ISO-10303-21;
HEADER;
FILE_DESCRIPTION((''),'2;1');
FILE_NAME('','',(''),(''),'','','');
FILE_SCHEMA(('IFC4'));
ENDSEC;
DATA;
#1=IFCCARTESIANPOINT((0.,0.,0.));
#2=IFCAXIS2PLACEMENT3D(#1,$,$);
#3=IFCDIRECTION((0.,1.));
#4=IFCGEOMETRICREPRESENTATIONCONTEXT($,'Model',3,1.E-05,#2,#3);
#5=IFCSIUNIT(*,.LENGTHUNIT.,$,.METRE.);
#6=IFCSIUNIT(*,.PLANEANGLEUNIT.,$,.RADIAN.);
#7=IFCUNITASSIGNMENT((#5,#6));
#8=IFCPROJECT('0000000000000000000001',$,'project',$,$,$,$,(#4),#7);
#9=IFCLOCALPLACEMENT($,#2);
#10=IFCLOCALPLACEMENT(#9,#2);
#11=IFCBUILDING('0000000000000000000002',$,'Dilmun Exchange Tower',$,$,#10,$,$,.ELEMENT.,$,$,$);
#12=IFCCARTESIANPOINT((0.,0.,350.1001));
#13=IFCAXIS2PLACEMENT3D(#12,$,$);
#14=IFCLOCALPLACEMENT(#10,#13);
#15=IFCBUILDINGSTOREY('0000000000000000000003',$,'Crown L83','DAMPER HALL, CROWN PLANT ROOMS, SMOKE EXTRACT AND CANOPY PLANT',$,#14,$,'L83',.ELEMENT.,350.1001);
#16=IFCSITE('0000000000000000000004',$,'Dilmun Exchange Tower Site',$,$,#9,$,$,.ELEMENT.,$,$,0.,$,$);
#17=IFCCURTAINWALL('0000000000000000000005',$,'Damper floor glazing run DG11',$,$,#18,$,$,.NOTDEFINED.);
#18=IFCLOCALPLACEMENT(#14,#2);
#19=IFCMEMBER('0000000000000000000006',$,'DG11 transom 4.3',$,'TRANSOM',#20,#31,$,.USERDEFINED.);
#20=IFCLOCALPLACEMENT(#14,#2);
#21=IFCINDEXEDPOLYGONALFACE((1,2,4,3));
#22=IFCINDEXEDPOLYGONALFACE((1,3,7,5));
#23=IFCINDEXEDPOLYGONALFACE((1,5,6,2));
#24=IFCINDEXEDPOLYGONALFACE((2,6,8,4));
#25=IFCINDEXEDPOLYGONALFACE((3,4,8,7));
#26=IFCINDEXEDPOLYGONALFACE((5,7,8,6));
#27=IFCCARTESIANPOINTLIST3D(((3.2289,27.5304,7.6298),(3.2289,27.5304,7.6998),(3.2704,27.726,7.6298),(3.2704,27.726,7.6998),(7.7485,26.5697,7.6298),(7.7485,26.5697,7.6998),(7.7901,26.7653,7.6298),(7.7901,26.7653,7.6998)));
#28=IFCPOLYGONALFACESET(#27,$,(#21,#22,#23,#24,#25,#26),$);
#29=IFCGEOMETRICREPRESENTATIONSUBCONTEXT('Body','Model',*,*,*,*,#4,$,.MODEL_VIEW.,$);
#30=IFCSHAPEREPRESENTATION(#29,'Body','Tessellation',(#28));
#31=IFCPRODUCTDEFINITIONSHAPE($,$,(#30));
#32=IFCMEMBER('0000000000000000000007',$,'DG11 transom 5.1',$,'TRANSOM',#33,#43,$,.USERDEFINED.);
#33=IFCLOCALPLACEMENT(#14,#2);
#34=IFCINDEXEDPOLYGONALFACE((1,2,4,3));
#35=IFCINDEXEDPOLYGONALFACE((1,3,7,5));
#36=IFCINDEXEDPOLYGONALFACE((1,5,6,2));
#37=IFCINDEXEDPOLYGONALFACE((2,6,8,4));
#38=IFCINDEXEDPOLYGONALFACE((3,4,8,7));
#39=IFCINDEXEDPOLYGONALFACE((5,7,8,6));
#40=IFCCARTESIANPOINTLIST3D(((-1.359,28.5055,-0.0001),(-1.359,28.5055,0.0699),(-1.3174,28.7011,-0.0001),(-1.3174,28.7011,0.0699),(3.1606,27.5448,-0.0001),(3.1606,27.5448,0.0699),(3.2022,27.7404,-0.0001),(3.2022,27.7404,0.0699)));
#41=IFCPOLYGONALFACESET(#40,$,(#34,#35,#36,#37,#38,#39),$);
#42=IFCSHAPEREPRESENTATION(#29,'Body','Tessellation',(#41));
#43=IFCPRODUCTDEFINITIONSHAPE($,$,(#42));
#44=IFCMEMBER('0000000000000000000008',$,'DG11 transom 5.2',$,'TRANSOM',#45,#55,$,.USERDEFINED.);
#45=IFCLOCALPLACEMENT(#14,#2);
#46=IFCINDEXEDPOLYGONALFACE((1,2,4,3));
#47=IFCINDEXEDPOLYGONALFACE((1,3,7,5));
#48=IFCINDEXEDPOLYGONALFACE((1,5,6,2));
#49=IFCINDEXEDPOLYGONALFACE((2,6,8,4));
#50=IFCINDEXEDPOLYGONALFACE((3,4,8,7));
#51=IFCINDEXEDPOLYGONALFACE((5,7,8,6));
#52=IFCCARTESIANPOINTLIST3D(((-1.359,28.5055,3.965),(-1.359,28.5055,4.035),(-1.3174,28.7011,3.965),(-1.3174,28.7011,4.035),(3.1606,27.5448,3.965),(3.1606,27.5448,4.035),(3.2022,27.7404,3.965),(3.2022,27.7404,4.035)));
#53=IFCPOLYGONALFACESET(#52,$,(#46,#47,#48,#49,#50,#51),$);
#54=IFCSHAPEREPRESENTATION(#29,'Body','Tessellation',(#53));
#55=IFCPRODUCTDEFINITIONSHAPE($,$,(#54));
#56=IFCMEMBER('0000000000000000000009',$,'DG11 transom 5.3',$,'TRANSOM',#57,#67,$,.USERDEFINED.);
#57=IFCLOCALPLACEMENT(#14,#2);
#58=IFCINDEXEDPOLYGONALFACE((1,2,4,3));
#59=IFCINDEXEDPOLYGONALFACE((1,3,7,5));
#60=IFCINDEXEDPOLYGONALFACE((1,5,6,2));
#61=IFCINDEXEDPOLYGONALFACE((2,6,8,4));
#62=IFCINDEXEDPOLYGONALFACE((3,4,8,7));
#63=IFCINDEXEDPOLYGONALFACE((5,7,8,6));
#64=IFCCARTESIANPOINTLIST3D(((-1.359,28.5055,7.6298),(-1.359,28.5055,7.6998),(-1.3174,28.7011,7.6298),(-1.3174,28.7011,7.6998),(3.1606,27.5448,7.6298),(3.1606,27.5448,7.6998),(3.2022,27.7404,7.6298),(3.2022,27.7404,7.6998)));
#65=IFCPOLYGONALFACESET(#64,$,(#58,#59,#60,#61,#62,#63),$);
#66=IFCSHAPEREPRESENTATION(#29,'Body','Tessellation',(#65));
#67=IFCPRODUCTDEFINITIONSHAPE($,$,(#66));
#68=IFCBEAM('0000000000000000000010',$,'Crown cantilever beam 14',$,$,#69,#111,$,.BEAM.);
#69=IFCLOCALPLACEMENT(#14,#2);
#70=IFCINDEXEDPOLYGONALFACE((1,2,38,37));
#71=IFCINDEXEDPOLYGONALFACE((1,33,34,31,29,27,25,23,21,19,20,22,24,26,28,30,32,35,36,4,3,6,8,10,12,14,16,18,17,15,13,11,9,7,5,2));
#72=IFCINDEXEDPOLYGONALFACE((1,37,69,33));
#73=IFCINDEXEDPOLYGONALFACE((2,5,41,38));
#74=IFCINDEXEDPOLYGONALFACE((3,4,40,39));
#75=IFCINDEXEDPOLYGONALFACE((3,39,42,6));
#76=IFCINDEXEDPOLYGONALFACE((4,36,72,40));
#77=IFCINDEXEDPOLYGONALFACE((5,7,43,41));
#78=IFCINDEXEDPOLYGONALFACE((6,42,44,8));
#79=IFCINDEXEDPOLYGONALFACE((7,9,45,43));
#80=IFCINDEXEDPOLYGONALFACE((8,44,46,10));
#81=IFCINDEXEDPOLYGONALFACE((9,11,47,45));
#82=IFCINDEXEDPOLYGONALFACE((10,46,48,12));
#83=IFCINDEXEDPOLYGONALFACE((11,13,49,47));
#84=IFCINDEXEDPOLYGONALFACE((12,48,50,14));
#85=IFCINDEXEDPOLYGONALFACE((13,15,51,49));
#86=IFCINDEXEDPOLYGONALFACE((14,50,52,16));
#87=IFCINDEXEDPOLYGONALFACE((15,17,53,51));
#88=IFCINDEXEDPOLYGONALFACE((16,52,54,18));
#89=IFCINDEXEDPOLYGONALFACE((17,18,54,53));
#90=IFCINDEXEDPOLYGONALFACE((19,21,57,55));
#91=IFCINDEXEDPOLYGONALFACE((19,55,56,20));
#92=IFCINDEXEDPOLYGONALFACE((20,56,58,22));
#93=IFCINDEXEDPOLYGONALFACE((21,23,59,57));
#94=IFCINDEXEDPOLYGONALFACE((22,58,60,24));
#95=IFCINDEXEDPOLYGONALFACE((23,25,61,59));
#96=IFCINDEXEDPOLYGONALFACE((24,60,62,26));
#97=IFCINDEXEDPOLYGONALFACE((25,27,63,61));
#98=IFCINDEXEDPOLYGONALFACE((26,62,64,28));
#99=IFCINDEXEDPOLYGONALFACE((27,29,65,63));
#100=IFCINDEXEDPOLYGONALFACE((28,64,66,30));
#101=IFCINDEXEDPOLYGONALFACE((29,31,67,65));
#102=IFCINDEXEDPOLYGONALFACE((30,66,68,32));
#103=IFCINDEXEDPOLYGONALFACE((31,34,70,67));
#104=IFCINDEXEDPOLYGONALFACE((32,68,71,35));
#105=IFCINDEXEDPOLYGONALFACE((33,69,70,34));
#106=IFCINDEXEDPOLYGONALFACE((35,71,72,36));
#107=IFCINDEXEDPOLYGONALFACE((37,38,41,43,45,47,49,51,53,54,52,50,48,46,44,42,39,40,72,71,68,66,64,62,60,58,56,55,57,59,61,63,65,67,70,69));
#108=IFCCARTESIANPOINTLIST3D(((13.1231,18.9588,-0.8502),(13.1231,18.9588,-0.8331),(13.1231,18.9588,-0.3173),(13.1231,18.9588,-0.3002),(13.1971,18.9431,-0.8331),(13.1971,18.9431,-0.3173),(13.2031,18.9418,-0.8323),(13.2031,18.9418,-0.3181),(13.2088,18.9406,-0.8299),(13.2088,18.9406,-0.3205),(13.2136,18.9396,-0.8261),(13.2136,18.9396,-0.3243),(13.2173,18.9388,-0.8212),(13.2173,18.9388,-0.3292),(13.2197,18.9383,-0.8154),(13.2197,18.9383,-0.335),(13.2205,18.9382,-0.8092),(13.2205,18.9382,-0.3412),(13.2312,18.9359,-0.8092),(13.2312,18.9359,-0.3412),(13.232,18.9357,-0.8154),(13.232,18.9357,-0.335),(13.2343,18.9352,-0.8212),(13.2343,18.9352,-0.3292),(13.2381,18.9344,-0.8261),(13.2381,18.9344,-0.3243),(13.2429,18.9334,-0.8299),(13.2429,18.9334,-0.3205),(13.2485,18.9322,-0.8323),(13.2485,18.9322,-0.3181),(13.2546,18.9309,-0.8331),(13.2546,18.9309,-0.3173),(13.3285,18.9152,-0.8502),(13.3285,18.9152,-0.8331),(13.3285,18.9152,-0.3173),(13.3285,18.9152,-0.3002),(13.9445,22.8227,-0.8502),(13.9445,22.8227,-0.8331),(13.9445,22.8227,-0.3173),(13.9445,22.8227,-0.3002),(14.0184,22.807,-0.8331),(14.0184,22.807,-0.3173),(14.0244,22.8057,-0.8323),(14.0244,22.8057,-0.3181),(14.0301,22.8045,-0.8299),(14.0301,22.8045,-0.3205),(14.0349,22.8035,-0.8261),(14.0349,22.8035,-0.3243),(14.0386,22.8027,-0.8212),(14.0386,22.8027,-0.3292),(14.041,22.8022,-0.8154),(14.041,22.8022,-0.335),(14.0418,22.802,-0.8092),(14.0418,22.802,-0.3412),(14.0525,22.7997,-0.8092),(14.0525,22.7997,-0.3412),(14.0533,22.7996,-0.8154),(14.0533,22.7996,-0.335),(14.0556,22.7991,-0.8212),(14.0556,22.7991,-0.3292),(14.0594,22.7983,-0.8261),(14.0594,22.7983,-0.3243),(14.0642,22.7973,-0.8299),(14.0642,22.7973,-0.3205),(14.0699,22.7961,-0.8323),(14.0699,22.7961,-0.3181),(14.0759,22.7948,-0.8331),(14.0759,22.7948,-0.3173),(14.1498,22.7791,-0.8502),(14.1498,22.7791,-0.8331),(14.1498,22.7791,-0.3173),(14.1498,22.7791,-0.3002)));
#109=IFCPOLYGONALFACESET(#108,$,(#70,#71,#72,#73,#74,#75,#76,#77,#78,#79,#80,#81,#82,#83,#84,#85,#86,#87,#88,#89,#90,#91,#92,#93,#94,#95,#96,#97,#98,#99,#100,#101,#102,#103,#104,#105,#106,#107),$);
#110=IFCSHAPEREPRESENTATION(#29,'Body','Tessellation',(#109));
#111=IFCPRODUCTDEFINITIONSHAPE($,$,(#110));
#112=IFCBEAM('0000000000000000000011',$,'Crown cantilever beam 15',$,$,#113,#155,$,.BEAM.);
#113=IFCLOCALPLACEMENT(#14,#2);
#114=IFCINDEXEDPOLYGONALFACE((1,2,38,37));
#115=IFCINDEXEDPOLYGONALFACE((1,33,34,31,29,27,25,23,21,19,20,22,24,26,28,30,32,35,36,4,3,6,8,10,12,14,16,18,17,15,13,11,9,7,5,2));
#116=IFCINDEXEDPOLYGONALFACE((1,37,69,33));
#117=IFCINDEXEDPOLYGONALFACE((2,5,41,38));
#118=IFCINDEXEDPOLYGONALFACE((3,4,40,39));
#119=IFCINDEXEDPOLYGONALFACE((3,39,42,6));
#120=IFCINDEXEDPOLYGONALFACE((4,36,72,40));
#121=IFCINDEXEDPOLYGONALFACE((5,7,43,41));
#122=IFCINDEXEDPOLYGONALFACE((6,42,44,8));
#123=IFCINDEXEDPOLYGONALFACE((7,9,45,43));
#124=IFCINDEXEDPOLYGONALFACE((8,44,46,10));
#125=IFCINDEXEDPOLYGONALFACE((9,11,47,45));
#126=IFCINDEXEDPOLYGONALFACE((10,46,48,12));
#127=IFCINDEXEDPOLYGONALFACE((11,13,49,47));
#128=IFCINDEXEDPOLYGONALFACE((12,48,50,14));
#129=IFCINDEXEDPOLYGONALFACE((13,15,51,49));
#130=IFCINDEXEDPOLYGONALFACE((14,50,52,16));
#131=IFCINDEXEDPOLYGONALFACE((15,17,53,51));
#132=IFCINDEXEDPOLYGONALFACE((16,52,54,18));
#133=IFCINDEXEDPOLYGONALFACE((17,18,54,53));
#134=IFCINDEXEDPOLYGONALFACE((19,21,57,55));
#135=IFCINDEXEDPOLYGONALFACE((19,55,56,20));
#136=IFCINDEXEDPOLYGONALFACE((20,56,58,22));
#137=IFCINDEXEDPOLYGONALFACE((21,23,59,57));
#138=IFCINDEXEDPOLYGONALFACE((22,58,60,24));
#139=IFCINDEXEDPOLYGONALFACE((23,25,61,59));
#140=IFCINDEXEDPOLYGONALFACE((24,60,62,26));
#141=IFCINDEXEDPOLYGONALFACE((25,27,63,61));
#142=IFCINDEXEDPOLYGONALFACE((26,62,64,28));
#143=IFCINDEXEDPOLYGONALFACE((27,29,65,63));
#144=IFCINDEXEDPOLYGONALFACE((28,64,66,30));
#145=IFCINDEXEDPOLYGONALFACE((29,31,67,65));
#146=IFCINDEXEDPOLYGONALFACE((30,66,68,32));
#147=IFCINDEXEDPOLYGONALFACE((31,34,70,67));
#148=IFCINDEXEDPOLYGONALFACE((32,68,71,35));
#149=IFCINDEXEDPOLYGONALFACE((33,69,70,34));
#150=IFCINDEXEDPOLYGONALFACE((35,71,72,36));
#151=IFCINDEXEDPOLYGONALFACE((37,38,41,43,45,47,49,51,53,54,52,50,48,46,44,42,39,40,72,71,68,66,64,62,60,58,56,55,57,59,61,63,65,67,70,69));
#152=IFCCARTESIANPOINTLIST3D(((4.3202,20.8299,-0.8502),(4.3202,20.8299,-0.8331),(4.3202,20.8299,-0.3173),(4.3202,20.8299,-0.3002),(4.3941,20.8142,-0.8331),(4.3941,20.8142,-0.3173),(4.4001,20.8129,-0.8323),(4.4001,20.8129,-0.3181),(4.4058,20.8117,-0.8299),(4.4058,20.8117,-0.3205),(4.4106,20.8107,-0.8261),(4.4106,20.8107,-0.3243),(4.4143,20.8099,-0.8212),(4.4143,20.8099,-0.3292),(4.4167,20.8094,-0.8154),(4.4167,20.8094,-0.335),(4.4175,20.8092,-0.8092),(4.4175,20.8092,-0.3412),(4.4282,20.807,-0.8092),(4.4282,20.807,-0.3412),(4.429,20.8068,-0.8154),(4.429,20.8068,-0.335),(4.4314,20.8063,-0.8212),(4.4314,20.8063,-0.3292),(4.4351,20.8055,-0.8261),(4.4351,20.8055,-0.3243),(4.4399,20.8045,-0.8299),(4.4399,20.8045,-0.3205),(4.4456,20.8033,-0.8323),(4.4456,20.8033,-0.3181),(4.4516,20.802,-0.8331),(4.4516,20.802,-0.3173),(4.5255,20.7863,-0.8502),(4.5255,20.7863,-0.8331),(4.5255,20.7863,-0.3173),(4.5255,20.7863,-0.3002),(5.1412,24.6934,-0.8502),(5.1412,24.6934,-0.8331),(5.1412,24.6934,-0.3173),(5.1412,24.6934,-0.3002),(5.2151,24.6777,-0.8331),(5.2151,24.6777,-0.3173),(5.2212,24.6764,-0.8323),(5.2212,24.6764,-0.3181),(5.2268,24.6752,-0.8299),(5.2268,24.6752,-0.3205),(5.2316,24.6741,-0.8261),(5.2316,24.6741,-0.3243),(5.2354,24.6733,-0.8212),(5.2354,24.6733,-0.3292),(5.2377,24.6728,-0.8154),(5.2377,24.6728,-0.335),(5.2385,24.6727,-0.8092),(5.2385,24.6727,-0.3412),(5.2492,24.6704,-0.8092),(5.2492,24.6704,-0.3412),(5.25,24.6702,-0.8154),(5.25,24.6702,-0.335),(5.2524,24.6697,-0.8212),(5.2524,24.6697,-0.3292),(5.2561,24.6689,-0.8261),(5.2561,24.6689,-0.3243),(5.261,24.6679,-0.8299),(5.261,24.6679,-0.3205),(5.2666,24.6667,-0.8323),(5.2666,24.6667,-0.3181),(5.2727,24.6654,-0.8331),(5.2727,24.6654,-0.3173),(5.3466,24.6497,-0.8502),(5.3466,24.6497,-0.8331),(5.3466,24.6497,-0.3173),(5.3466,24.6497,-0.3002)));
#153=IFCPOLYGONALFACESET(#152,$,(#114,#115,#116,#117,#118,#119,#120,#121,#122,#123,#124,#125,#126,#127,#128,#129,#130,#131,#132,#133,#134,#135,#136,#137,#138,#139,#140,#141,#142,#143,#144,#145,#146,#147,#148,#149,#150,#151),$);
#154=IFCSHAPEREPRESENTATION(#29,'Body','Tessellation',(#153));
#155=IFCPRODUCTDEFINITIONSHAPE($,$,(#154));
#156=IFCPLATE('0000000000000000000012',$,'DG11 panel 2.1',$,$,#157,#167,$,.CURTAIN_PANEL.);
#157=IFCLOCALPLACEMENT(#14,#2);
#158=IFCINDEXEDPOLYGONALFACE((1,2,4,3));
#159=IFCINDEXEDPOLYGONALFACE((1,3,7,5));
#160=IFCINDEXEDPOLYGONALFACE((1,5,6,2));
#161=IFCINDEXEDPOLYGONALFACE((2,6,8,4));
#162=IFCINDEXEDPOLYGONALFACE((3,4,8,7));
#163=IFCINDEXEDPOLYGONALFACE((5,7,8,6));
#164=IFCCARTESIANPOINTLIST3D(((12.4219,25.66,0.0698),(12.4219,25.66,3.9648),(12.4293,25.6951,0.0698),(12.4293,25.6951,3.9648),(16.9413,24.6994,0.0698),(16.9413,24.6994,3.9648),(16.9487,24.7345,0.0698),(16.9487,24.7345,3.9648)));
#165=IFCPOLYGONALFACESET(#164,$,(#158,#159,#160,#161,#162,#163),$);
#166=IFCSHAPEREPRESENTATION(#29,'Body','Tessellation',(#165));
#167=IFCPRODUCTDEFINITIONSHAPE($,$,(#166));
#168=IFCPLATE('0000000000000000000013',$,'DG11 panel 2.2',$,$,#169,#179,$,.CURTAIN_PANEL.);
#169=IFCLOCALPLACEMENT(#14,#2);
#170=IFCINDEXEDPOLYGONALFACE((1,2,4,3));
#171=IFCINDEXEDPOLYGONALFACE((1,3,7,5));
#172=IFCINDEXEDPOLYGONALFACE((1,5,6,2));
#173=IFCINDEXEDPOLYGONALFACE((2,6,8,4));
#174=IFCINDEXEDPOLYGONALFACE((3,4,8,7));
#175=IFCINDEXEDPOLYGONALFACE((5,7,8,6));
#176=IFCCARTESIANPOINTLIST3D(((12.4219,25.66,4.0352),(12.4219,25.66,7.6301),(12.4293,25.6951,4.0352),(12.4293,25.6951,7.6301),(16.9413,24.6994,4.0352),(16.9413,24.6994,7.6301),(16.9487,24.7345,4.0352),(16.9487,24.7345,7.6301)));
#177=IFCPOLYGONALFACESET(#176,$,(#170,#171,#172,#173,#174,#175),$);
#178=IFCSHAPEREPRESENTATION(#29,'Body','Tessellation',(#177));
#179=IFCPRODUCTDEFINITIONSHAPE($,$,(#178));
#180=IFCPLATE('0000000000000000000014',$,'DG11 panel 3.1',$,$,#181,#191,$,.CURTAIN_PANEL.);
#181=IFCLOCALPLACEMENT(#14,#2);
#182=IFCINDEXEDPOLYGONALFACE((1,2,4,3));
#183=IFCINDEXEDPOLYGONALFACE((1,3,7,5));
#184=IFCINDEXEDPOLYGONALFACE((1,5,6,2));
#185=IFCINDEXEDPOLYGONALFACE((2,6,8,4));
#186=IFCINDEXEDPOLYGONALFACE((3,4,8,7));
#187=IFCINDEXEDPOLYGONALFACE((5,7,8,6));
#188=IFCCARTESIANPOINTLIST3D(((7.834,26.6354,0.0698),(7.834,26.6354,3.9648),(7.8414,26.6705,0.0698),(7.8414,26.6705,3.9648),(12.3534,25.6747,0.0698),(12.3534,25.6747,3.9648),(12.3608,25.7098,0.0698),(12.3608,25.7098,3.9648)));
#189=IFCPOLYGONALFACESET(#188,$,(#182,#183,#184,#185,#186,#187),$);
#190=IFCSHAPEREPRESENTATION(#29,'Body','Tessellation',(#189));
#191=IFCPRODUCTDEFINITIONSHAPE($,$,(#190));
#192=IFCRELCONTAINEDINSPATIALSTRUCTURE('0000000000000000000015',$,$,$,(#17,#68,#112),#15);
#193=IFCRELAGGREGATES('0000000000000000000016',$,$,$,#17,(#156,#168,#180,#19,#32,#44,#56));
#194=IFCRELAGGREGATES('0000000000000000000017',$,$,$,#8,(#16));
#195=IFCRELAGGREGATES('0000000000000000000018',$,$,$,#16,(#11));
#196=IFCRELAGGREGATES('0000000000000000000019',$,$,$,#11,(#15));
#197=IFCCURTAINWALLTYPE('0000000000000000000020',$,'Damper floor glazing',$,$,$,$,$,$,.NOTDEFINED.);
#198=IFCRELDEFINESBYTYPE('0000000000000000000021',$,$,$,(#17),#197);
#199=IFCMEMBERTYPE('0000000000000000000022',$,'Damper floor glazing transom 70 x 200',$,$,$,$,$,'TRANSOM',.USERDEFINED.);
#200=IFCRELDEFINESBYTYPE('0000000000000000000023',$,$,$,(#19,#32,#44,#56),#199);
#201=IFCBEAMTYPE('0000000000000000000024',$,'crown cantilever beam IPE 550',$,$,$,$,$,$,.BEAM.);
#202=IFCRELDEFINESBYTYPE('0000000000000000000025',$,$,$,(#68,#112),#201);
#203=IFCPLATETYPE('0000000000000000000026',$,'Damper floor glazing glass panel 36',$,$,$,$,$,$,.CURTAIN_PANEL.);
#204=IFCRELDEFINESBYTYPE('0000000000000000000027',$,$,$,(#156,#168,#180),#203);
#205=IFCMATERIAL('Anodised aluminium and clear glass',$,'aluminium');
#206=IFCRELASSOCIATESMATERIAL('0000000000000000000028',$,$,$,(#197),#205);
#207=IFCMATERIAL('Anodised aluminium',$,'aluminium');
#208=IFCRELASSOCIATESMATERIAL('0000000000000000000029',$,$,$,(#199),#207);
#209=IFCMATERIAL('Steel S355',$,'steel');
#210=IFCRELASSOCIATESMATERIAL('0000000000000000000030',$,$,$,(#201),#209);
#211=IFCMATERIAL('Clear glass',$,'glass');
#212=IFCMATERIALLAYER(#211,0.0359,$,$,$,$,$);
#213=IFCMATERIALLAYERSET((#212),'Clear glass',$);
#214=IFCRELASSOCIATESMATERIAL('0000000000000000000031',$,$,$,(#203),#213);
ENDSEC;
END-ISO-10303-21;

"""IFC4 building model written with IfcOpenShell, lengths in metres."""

from ifc_helpers import new_model, si_unit, direction, frame, origin, origin_2d, place, context, subcontext, project, spatial, rectangle, i_section, extrude, material, layer, layer_set, material_profile, profile_set, type_object, element, aggregate, save


model = new_model("IFC4")

# Units and contexts
model_context = context("Model", 3, precision=1e-05, world=origin(), true_north=direction((0.0, 1.0)))
body_context = subcontext(model_context, "Body", "Model", "MODEL_VIEW")
ifc_project = project(units=[si_unit("LENGTHUNIT", "METRE"), si_unit("PLANEANGLEUNIT", "RADIAN")], contexts=[model_context])

# Site, building, storey
site_placement = place(None, origin())
site = spatial("IfcSite", under=ifc_project, at=site_placement, Name="Dilmun Exchange Tower Site", CompositionType="ELEMENT", RefElevation=0.0)
building_placement = place(site_placement, origin())
building = spatial("IfcBuilding", under=site, at=building_placement, Name="Dilmun Exchange Tower", CompositionType="ELEMENT")
storey_placement = place(building_placement, frame((0.0, 0.0, 350.1001)))
storey = spatial("IfcBuildingStorey", under=building, at=storey_placement, Name="Crown L83", Description="DAMPER HALL, CROWN PLANT ROOMS, SMOKE EXTRACT AND CANOPY PLANT", LongName="L83", CompositionType="ELEMENT", Elevation=350.1001)

# Curtain wall, members
ifc_material_1 = material(Name="Anodised aluminium and clear glass", Category="aluminium")
curtain_wall_type = type_object("IfcCurtainWallType", Name="Damper floor glazing", PredefinedType="NOTDEFINED", material=ifc_material_1)
curtain_wall_placement = place(storey_placement, origin())
curtain_wall = element("IfcCurtainWall", 1, at=curtain_wall_placement, inside=storey, type_object=curtain_wall_type, Name="Damper floor glazing run DG11", PredefinedType="NOTDEFINED")
ifc_material_2 = material(Name="Anodised aluminium", Category="aluminium")
ifc_material_profile_1 = material_profile(ifc_material_2, rectangle(XDim=0.2, YDim=0.0701, at=origin_2d()), Name="AL 70x200")
ifc_profile_set_1 = profile_set([ifc_material_profile_1], Name="Anodised aluminium")
member_type_1 = type_object("IfcMemberType", Name="Damper floor glazing transom 70 x 200", ElementType="TRANSOM", PredefinedType="USERDEFINED", material=ifc_profile_set_1)
member_1_placement = place(storey_placement, frame((7.7693, 26.6675, 7.6648), z_axis=(-0.978146, 0.207919, 0.0), x_axis=(-0.207919, -0.978146, 0.0)))
member_1 = element("IfcMember", 2, at=member_1_placement, type_object=member_type_1, Name="DG11 transom 4.3", ObjectType="TRANSOM", PredefinedType="USERDEFINED", context=body_context, shape_type="SweptSolid", body=[
    extrude(rectangle(XDim=0.2, YDim=0.0701, at=origin_2d()), origin(), (0.0, 0.0, 1.0), 4.6206),
])
member_2_placement = place(storey_placement, frame((3.1814, 27.6426, 0.0349), z_axis=(-0.978146, 0.207919, 0.0), x_axis=(-0.207919, -0.978146, 0.0)))
member_2 = element("IfcMember", 3, at=member_2_placement, type_object=member_type_1, Name="DG11 transom 5.1", ObjectType="TRANSOM", PredefinedType="USERDEFINED", context=body_context, shape_type="SweptSolid", body=[
    extrude(rectangle(XDim=0.2, YDim=0.0701, at=origin_2d()), origin(), (0.0, 0.0, 1.0), 4.6206),
])
member_3_placement = place(storey_placement, frame((3.1814, 27.6426, 4.0), z_axis=(-0.978146, 0.207919, 0.0), x_axis=(-0.207919, -0.978146, 0.0)))
member_3 = element("IfcMember", 4, at=member_3_placement, type_object=member_type_1, Name="DG11 transom 5.2", ObjectType="TRANSOM", PredefinedType="USERDEFINED", context=body_context, shape_type="SweptSolid", body=[
    extrude(rectangle(XDim=0.2, YDim=0.0701, at=origin_2d()), origin(), (0.0, 0.0, 1.0), 4.6206),
])
member_4_placement = place(storey_placement, frame((3.1814, 27.6426, 7.6648), z_axis=(-0.978146, 0.207919, 0.0), x_axis=(-0.207919, -0.978146, 0.0)))
member_4 = element("IfcMember", 5, at=member_4_placement, type_object=member_type_1, Name="DG11 transom 5.3", ObjectType="TRANSOM", PredefinedType="USERDEFINED", context=body_context, shape_type="SweptSolid", body=[
    extrude(rectangle(XDim=0.2, YDim=0.0701, at=origin_2d()), origin(), (0.0, 0.0, 1.0), 4.6206),
])

# Beams
ifc_material_3 = material(Name="Steel S355", Category="steel")
ifc_material_profile_2 = material_profile(ifc_material_3, i_section(OverallWidth=0.21, OverallDepth=0.55, WebThickness=0.011, FlangeThickness=0.0171, FilletRadius=0.0239, at=origin_2d()), Name="IPE 550")
ifc_profile_set_2 = profile_set([ifc_material_profile_2], Name="Steel S355")
beam_type = type_object("IfcBeamType", Name="crown cantilever beam IPE 550", PredefinedType="BEAM", material=ifc_profile_set_2)
beam_1_placement = place(storey_placement, frame((13.2258, 18.937, -0.5752), z_axis=(0.207916, 0.978147, 0.0), x_axis=(-0.978147, 0.207916, 0.0)))
element("IfcBeam", 6, at=beam_1_placement, inside=storey, type_object=beam_type, Name="Crown cantilever beam 14", PredefinedType="BEAM", context=body_context, shape_type="SweptSolid", body=[
    extrude(i_section(OverallWidth=0.21, OverallDepth=0.55, WebThickness=0.011, FlangeThickness=0.0171, FilletRadius=0.0239, at=origin_2d()), origin(), (0.0, 0.0, 1.0), 3.9502),
])
beam_2_placement = place(storey_placement, frame((4.4229, 20.8081, -0.5752), z_axis=(0.20787, 0.978156, 0.0), x_axis=(-0.978156, 0.20787, 0.0)))
element("IfcBeam", 7, at=beam_2_placement, inside=storey, type_object=beam_type, Name="Crown cantilever beam 15", PredefinedType="BEAM", context=body_context, shape_type="SweptSolid", body=[
    extrude(i_section(OverallWidth=0.21, OverallDepth=0.55, WebThickness=0.011, FlangeThickness=0.0171, FilletRadius=0.0239, at=origin_2d()), origin(), (0.0, 0.0, 1.0), 3.9497),
])

# Plates
ifc_material_4 = material(Name="Clear glass", Category="glass")
ifc_layer_1 = layer(ifc_material_4, 0.0359)
ifc_layer_set_1 = layer_set([ifc_layer_1], Name="Clear glass")
plate_type = type_object("IfcPlateType", Name="Damper floor glazing glass panel 36", PredefinedType="CURTAIN_PANEL", material=ifc_layer_set_1)
plate_1_placement = place(storey_placement, frame((14.6853, 25.1973, 0.0698), z_axis=(0.0, 0.0, 1.0), x_axis=(-0.978148, 0.207911, 0.0)))
plate_1 = element("IfcPlate", 8, at=plate_1_placement, type_object=plate_type, Name="DG11 panel 2.1", PredefinedType="CURTAIN_PANEL", context=body_context, shape_type="SweptSolid", body=[
    extrude(rectangle(XDim=4.6204, YDim=0.0359, at=origin_2d()), origin(), (0.0, 0.0, 1.0), 3.895),
])
plate_2_placement = place(storey_placement, frame((14.6853, 25.1973, 4.0352), z_axis=(0.0, 0.0, 1.0), x_axis=(-0.978148, 0.207911, 0.0)))
plate_2 = element("IfcPlate", 9, at=plate_2_placement, type_object=plate_type, Name="DG11 panel 2.2", PredefinedType="CURTAIN_PANEL", context=body_context, shape_type="SweptSolid", body=[
    extrude(rectangle(XDim=4.6204, YDim=0.0359, at=origin_2d()), origin(), (0.0, 0.0, 1.0), 3.595),
])
plate_3_placement = place(storey_placement, frame((10.0974, 26.1726, 0.0698), z_axis=(0.0, 0.0, 1.0), x_axis=(-0.978148, 0.207911, 0.0)))
plate_3 = element("IfcPlate", 10, at=plate_3_placement, type_object=plate_type, Name="DG11 panel 3.1", PredefinedType="CURTAIN_PANEL", context=body_context, shape_type="SweptSolid", body=[
    extrude(rectangle(XDim=4.6204, YDim=0.0359, at=origin_2d()), origin(), (0.0, 0.0, 1.0), 3.895),
])
aggregate(curtain_wall, [plate_1, plate_2, plate_3, member_1, member_2, member_3, member_4])

save(model, "model.ifc")
